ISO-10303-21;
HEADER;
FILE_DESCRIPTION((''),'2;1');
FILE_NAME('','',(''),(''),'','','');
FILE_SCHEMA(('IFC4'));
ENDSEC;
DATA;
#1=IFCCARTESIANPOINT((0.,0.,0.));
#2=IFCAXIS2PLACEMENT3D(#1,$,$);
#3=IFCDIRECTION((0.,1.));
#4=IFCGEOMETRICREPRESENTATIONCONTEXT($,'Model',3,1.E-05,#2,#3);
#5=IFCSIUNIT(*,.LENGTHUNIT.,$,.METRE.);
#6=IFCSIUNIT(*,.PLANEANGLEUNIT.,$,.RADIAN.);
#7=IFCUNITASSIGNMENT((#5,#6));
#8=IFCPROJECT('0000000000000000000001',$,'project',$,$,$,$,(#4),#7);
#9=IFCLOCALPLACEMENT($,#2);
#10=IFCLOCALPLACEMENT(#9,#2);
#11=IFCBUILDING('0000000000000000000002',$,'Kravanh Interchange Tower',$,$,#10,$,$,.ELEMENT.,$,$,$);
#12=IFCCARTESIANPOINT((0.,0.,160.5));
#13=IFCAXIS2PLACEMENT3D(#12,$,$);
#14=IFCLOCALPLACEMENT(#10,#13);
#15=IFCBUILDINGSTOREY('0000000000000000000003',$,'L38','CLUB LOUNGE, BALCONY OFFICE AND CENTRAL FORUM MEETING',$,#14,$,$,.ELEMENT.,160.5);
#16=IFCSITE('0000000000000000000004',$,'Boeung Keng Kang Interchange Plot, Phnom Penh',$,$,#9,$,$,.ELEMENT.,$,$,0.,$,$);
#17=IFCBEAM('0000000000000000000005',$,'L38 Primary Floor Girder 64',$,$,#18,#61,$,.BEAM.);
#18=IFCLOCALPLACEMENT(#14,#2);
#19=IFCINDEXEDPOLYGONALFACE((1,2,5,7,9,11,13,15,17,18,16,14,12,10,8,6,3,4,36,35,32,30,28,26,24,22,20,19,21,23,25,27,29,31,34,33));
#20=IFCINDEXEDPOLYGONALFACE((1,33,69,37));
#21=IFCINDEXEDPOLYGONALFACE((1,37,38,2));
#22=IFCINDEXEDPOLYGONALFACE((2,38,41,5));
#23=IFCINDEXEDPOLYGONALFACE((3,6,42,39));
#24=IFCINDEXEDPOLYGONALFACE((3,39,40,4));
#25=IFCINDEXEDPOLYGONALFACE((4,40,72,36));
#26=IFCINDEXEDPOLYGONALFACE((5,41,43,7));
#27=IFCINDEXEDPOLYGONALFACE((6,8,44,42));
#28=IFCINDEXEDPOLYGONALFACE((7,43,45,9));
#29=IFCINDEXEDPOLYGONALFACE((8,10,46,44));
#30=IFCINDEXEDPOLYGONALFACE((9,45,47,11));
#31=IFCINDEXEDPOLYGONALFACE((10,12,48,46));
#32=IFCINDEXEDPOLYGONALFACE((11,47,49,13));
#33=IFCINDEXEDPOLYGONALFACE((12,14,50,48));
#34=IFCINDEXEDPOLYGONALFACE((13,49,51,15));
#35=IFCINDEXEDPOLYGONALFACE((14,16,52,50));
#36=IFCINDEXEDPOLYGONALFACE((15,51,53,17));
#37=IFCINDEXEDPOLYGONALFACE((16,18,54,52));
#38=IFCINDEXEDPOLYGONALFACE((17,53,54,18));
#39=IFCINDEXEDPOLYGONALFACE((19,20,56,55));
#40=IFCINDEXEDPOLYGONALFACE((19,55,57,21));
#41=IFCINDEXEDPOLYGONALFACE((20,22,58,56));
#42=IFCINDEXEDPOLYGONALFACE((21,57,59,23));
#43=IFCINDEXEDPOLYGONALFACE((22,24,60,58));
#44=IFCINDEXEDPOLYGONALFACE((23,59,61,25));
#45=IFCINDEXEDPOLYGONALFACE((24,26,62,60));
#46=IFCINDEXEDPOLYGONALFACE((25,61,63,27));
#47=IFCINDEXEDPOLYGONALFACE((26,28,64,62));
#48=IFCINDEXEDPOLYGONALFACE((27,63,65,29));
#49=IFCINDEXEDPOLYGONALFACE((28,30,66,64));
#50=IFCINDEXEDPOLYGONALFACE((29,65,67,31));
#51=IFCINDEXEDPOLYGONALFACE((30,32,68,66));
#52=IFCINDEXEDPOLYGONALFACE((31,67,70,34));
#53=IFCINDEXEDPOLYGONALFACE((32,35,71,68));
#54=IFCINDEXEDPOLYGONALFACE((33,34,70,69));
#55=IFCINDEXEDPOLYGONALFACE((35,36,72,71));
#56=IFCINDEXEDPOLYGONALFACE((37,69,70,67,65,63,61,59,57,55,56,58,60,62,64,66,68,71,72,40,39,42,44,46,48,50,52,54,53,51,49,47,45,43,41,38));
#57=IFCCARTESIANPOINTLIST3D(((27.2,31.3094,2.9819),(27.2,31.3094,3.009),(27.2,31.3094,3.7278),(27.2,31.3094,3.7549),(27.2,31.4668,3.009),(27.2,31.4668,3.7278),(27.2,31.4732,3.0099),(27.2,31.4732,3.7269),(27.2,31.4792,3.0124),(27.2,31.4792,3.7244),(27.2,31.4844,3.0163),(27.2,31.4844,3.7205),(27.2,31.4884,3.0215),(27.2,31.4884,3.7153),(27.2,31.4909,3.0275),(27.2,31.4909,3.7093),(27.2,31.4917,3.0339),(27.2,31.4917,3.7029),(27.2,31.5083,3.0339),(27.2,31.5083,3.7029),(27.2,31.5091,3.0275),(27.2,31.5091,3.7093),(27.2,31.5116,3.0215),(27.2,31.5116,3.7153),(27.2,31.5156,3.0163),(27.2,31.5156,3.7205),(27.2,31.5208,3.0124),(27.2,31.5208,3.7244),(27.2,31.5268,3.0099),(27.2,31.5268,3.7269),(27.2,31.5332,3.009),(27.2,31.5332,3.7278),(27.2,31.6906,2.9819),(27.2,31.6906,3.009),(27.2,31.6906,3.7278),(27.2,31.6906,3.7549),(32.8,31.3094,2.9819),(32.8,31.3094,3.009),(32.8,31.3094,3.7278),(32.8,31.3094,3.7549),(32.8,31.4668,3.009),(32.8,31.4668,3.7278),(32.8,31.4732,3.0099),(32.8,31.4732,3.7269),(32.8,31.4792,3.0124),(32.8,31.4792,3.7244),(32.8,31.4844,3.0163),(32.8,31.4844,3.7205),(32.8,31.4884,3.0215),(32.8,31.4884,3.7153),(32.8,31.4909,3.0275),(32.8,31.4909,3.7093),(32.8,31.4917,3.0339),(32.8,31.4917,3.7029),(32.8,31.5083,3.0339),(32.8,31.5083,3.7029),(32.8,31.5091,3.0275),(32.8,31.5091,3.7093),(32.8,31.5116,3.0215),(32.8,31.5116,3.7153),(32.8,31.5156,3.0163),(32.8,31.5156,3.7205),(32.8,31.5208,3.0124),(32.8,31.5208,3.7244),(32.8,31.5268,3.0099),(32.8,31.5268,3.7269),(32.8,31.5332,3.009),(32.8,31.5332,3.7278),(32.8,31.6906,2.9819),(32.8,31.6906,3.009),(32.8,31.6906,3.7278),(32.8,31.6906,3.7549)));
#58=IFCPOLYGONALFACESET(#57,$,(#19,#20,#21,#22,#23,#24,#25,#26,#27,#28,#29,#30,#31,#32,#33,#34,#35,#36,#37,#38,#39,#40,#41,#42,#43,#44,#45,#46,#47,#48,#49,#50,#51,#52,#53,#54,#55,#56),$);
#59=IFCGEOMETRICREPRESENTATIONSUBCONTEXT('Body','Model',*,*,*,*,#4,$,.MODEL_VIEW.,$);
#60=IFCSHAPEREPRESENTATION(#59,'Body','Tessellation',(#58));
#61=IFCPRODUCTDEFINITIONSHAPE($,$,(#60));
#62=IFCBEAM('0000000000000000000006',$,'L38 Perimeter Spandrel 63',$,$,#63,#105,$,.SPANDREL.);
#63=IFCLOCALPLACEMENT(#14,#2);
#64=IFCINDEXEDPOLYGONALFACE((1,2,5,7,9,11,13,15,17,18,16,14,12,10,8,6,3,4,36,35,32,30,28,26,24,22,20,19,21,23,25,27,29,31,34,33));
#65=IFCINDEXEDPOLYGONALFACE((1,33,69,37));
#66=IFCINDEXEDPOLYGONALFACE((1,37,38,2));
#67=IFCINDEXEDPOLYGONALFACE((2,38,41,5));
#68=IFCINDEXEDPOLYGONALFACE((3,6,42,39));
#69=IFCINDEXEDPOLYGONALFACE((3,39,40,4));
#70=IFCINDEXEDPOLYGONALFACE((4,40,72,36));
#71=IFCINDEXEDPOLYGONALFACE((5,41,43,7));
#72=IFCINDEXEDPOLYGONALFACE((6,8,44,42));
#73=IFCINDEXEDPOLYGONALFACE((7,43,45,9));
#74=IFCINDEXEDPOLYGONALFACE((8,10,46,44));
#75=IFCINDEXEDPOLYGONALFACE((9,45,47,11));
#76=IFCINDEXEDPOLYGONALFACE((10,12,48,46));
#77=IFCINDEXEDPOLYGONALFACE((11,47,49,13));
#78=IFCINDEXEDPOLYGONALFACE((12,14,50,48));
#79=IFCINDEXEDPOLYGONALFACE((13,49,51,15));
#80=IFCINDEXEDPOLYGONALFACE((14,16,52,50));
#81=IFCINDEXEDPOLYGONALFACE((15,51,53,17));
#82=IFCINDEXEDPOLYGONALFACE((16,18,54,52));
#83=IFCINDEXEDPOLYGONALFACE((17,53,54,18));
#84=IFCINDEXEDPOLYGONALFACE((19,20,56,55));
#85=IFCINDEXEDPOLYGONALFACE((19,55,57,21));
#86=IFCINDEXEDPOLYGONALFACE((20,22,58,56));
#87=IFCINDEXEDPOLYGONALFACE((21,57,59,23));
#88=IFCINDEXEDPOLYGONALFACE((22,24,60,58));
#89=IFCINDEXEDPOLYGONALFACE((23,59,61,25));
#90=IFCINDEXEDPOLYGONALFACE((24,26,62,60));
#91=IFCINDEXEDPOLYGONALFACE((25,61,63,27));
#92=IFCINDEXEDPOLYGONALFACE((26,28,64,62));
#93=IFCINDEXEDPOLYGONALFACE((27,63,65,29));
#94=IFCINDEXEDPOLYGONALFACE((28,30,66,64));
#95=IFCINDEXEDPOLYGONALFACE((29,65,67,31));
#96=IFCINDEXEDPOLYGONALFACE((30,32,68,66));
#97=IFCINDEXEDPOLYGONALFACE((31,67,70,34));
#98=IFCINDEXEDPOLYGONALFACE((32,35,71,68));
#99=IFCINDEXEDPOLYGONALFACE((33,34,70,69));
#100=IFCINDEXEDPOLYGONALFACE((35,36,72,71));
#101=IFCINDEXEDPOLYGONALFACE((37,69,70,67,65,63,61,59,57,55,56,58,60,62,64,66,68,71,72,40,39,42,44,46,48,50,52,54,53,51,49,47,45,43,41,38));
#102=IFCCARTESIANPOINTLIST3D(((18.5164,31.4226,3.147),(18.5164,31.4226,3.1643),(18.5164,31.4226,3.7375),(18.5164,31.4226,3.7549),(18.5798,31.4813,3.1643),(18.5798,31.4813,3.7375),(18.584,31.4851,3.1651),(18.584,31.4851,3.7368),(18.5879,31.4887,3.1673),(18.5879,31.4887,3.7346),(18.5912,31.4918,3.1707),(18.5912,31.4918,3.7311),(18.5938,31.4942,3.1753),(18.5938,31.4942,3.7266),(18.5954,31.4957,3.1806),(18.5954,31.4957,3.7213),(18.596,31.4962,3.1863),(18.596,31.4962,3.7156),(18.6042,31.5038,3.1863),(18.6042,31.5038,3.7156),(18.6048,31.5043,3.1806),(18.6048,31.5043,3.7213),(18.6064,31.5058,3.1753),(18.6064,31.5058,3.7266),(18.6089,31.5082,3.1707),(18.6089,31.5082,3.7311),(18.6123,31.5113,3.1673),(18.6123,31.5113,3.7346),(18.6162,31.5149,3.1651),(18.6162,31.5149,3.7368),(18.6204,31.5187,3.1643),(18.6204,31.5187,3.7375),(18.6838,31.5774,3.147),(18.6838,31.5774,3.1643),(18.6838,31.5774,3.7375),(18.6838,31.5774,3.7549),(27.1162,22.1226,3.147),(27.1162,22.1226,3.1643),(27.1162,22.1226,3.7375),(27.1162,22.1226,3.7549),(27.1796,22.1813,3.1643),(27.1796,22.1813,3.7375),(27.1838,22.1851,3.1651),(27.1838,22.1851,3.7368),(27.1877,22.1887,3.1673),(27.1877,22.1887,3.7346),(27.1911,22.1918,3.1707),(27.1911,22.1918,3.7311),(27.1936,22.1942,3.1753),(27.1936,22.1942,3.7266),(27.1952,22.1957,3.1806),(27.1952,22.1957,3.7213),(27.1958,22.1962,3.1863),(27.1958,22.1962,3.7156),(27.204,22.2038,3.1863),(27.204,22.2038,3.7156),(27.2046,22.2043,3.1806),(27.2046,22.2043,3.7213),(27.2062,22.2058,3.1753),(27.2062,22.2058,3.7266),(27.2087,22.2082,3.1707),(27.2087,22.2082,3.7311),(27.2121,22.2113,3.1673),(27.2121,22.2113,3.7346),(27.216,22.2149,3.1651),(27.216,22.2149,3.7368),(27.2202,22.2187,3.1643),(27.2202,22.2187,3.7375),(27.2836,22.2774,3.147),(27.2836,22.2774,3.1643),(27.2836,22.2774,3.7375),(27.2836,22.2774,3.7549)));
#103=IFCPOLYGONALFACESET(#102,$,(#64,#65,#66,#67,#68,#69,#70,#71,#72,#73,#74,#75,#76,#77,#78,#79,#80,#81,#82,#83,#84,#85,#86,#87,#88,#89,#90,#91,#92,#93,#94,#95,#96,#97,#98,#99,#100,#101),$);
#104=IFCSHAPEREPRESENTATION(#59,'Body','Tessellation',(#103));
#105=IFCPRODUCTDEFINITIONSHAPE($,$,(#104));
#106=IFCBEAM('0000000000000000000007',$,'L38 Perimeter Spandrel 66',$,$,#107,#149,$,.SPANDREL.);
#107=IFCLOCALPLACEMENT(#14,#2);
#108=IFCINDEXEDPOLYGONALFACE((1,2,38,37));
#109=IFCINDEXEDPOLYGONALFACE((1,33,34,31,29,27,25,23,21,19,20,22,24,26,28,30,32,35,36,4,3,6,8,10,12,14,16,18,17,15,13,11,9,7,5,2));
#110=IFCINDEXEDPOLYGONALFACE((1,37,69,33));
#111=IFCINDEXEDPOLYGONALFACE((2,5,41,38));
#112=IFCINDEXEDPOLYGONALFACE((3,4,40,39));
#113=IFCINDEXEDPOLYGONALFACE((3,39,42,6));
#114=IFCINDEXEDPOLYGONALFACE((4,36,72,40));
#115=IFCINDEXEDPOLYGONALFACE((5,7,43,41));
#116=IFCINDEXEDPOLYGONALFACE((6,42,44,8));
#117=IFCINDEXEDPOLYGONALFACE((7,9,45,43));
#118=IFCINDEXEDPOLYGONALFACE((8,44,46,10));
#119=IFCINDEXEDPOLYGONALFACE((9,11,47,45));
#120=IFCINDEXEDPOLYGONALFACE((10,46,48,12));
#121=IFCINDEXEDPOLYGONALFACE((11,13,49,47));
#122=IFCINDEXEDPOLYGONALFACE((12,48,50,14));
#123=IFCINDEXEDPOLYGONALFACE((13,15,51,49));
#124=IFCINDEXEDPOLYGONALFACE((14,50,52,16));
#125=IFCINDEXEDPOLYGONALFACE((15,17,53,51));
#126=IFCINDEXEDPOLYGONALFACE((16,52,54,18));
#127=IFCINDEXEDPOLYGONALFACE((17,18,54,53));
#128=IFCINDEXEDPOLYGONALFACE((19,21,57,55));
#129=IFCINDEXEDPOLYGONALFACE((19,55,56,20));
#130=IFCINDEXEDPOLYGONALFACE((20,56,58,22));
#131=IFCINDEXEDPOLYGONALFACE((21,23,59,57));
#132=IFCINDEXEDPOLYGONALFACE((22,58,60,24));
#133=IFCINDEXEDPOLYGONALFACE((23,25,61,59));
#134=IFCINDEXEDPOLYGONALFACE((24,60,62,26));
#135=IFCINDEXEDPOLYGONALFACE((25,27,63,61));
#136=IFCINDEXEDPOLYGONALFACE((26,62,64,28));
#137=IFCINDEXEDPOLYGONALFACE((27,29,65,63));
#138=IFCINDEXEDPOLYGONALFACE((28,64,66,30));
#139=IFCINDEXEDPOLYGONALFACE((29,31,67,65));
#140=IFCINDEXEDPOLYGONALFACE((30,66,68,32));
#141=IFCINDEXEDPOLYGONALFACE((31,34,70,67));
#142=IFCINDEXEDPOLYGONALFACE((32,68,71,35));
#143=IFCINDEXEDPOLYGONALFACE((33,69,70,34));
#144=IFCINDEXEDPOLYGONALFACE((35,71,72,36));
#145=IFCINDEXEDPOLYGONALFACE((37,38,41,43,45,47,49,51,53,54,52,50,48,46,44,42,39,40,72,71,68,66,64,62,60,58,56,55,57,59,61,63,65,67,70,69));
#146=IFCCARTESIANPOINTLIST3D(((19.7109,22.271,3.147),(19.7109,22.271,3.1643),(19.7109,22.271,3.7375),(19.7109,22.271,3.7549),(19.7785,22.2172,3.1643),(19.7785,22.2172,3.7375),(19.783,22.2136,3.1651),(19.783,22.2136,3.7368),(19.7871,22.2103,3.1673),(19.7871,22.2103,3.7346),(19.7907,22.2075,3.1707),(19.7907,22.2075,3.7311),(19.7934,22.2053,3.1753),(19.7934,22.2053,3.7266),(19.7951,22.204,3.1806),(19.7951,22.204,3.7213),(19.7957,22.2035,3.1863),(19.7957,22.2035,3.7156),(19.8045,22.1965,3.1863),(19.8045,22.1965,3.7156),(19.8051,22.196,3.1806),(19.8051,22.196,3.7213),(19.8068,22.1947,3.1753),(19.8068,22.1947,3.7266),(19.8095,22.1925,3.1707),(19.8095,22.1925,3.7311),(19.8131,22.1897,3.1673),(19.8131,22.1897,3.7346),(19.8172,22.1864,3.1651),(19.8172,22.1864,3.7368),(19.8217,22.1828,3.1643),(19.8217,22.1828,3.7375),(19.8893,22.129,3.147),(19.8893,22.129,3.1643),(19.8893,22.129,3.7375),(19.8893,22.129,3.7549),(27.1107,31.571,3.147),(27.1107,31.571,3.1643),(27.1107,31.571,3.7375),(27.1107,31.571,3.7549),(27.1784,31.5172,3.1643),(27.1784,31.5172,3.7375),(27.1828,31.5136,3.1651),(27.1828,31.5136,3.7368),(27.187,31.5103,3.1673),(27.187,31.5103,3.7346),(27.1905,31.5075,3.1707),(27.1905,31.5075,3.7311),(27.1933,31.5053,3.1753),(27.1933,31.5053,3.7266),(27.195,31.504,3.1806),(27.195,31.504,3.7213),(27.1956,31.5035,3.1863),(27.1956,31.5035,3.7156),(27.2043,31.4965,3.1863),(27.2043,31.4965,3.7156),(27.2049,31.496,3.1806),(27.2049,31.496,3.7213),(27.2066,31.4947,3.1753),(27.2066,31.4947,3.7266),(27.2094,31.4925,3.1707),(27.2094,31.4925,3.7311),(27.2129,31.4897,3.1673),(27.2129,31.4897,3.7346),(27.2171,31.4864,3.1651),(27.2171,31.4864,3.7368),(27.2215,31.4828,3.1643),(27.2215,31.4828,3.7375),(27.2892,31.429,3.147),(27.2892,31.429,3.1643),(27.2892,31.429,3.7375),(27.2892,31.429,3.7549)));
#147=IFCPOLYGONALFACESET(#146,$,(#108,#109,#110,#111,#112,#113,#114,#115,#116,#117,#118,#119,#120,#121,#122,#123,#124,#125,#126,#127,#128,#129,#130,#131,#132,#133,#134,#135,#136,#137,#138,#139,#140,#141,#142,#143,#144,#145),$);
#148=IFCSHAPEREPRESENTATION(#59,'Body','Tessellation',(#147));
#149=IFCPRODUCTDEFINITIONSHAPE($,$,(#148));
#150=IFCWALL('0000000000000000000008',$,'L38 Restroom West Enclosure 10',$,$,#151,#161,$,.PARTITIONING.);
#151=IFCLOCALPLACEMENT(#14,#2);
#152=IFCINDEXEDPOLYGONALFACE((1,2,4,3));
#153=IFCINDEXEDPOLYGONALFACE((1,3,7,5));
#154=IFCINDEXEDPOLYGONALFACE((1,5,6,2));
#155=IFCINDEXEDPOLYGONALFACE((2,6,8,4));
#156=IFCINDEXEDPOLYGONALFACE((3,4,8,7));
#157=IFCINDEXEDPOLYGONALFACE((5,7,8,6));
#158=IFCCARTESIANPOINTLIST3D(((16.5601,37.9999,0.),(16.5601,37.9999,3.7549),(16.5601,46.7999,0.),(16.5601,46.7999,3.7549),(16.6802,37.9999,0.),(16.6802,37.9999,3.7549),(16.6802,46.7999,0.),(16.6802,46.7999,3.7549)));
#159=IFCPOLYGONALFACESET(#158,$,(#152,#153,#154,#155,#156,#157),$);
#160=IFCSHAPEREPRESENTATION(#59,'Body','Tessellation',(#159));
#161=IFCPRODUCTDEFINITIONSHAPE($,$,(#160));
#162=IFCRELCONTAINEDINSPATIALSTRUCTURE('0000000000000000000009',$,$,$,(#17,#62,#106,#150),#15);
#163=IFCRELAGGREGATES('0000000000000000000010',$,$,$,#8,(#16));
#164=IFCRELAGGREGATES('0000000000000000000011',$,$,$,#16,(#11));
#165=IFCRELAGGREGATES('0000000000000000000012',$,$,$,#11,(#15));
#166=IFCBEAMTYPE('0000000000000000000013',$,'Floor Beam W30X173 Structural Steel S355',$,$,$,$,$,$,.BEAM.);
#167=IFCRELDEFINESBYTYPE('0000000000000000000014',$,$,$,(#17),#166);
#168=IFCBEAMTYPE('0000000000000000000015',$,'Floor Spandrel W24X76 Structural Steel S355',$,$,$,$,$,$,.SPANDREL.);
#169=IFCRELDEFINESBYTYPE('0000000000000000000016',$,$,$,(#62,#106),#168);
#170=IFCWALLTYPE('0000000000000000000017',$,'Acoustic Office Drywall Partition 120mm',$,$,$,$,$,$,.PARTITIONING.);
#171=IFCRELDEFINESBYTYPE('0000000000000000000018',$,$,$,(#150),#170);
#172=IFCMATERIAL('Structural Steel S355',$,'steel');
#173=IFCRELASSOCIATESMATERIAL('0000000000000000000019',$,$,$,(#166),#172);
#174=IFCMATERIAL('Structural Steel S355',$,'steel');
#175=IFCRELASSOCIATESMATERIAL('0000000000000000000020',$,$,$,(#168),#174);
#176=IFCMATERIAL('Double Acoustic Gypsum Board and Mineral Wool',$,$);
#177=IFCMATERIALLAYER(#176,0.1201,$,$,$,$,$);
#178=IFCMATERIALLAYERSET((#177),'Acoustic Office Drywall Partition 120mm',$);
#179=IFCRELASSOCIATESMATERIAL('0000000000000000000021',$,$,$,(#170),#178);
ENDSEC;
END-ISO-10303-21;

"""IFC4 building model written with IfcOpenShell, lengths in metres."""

from ifc_helpers import new_model, si_unit, direction, frame, frame_2d, origin, origin_2d, place, context, subcontext, project, spatial, rectangle, i_section, extrude, material, layer, layer_set, material_profile, profile_set, type_object, element, save


model = new_model("IFC4")

# Units and contexts
model_context = context("Model", 3, precision=1e-05, world=origin(), true_north=direction((0.0, 1.0)))
body_context = subcontext(model_context, "Body", "Model", "MODEL_VIEW")
ifc_project = project(units=[si_unit("LENGTHUNIT", "METRE"), si_unit("PLANEANGLEUNIT", "RADIAN")], contexts=[model_context])

# Site, building, storey
site_placement = place(None, origin())
site = spatial("IfcSite", under=ifc_project, at=site_placement, Name="Boeung Keng Kang Interchange Plot, Phnom Penh", CompositionType="ELEMENT", RefElevation=0.0)
building_placement = place(site_placement, origin())
building = spatial("IfcBuilding", under=site, at=building_placement, Name="Kravanh Interchange Tower", CompositionType="ELEMENT")
storey_placement = place(building_placement, frame((0.0, 0.0, 160.5)))
storey = spatial("IfcBuildingStorey", under=building, at=storey_placement, Name="L38", Description="CLUB LOUNGE, BALCONY OFFICE AND CENTRAL FORUM MEETING", CompositionType="ELEMENT", Elevation=160.5)

# Beams
ifc_material_1 = material(Name="Structural Steel S355", Category="steel")
ifc_material_profile_1 = material_profile(ifc_material_1, i_section(OverallWidth=0.3811, OverallDepth=0.7729, WebThickness=0.0166, FlangeThickness=0.0271, FilletRadius=0.0249, at=origin_2d()), Name="W30X173")
ifc_profile_set_1 = profile_set([ifc_material_profile_1], Name="Structural Steel S355")
beam_type_1 = type_object("IfcBeamType", Name="Floor Beam W30X173 Structural Steel S355", PredefinedType="BEAM", material=ifc_profile_set_1)
beam_1_placement = place(storey_placement, frame((27.2, 31.5, 3.3684), z_axis=(1.0, 0.0, 0.0), x_axis=(0.0, 1.0, 0.0)))
element("IfcBeam", 1, at=beam_1_placement, inside=storey, type_object=beam_type_1, Name="L38 Primary Floor Girder 64", PredefinedType="BEAM", context=body_context, shape_type="SweptSolid", body=[
    extrude(i_section(OverallWidth=0.3811, OverallDepth=0.7729, WebThickness=0.0166, FlangeThickness=0.0271, FilletRadius=0.0249, at=origin_2d()), origin(), (0.0, 0.0, 1.0), 5.6001),
])
ifc_material_2 = material(Name="Structural Steel S355", Category="steel")
ifc_material_profile_2 = material_profile(ifc_material_2, i_section(OverallWidth=0.228, OverallDepth=0.6079, WebThickness=0.0112, FlangeThickness=0.0173, FilletRadius=0.022, at=origin_2d()), Name="W24X76")
ifc_profile_set_2 = profile_set([ifc_material_profile_2], Name="Structural Steel S355")
beam_type_2 = type_object("IfcBeamType", Name="Floor Spandrel W24X76 Structural Steel S355", PredefinedType="SPANDREL", material=ifc_profile_set_2)
beam_2_placement = place(storey_placement, frame((18.6001, 31.5, 3.4509), z_axis=(0.678927, -0.734205, 0.0), x_axis=(0.734205, 0.678927, 0.0)))
element("IfcBeam", 2, at=beam_2_placement, inside=storey, type_object=beam_type_2, Name="L38 Perimeter Spandrel 63", PredefinedType="SPANDREL", context=body_context, shape_type="SweptSolid", body=[
    extrude(i_section(OverallWidth=0.228, OverallDepth=0.6079, WebThickness=0.0112, FlangeThickness=0.0173, FilletRadius=0.022, at=origin_2d()), origin(), (0.0, 0.0, 1.0), 12.6667),
])
beam_3_placement = place(storey_placement, frame((27.2, 31.5, 3.4509), z_axis=(-0.622634, -0.782513, 0.0), x_axis=(0.782513, -0.622634, 0.0)))
element("IfcBeam", 3, at=beam_3_placement, inside=storey, type_object=beam_type_2, Name="L38 Perimeter Spandrel 66", PredefinedType="SPANDREL", context=body_context, shape_type="SweptSolid", body=[
    extrude(i_section(OverallWidth=0.228, OverallDepth=0.6079, WebThickness=0.0112, FlangeThickness=0.0173, FilletRadius=0.022, at=origin_2d()), origin(), (0.0, 0.0, 1.0), 11.8848),
])

# Shared definitions
ifc_material_3 = material(Name="Double Acoustic Gypsum Board and Mineral Wool")
ifc_layer_1 = layer(ifc_material_3, 0.1201)
ifc_layer_set_1 = layer_set([ifc_layer_1], Name="Acoustic Office Drywall Partition 120mm")
wall_type_1 = type_object("IfcWallType", Name="Acoustic Office Drywall Partition 120mm", PredefinedType="PARTITIONING", material=ifc_layer_set_1)

# Wall
wall_1_placement = place(storey_placement, frame((16.6201, 38.0, 0.0), z_axis=(0.0, 0.0, 1.0), x_axis=(0.0, 1.0, 0.0)))
element("IfcWall", 4, at=wall_1_placement, inside=storey, type_object=wall_type_1, Name="L38 Restroom West Enclosure 10", PredefinedType="PARTITIONING", context=body_context, shape_type="SweptSolid", body=[
    extrude(rectangle(XDim=8.8, YDim=0.1201, at=frame_2d((4.3999, 0.0))), origin(), (0.0, 0.0, 1.0), 3.7549),
])

save(model, "model.ifc")
